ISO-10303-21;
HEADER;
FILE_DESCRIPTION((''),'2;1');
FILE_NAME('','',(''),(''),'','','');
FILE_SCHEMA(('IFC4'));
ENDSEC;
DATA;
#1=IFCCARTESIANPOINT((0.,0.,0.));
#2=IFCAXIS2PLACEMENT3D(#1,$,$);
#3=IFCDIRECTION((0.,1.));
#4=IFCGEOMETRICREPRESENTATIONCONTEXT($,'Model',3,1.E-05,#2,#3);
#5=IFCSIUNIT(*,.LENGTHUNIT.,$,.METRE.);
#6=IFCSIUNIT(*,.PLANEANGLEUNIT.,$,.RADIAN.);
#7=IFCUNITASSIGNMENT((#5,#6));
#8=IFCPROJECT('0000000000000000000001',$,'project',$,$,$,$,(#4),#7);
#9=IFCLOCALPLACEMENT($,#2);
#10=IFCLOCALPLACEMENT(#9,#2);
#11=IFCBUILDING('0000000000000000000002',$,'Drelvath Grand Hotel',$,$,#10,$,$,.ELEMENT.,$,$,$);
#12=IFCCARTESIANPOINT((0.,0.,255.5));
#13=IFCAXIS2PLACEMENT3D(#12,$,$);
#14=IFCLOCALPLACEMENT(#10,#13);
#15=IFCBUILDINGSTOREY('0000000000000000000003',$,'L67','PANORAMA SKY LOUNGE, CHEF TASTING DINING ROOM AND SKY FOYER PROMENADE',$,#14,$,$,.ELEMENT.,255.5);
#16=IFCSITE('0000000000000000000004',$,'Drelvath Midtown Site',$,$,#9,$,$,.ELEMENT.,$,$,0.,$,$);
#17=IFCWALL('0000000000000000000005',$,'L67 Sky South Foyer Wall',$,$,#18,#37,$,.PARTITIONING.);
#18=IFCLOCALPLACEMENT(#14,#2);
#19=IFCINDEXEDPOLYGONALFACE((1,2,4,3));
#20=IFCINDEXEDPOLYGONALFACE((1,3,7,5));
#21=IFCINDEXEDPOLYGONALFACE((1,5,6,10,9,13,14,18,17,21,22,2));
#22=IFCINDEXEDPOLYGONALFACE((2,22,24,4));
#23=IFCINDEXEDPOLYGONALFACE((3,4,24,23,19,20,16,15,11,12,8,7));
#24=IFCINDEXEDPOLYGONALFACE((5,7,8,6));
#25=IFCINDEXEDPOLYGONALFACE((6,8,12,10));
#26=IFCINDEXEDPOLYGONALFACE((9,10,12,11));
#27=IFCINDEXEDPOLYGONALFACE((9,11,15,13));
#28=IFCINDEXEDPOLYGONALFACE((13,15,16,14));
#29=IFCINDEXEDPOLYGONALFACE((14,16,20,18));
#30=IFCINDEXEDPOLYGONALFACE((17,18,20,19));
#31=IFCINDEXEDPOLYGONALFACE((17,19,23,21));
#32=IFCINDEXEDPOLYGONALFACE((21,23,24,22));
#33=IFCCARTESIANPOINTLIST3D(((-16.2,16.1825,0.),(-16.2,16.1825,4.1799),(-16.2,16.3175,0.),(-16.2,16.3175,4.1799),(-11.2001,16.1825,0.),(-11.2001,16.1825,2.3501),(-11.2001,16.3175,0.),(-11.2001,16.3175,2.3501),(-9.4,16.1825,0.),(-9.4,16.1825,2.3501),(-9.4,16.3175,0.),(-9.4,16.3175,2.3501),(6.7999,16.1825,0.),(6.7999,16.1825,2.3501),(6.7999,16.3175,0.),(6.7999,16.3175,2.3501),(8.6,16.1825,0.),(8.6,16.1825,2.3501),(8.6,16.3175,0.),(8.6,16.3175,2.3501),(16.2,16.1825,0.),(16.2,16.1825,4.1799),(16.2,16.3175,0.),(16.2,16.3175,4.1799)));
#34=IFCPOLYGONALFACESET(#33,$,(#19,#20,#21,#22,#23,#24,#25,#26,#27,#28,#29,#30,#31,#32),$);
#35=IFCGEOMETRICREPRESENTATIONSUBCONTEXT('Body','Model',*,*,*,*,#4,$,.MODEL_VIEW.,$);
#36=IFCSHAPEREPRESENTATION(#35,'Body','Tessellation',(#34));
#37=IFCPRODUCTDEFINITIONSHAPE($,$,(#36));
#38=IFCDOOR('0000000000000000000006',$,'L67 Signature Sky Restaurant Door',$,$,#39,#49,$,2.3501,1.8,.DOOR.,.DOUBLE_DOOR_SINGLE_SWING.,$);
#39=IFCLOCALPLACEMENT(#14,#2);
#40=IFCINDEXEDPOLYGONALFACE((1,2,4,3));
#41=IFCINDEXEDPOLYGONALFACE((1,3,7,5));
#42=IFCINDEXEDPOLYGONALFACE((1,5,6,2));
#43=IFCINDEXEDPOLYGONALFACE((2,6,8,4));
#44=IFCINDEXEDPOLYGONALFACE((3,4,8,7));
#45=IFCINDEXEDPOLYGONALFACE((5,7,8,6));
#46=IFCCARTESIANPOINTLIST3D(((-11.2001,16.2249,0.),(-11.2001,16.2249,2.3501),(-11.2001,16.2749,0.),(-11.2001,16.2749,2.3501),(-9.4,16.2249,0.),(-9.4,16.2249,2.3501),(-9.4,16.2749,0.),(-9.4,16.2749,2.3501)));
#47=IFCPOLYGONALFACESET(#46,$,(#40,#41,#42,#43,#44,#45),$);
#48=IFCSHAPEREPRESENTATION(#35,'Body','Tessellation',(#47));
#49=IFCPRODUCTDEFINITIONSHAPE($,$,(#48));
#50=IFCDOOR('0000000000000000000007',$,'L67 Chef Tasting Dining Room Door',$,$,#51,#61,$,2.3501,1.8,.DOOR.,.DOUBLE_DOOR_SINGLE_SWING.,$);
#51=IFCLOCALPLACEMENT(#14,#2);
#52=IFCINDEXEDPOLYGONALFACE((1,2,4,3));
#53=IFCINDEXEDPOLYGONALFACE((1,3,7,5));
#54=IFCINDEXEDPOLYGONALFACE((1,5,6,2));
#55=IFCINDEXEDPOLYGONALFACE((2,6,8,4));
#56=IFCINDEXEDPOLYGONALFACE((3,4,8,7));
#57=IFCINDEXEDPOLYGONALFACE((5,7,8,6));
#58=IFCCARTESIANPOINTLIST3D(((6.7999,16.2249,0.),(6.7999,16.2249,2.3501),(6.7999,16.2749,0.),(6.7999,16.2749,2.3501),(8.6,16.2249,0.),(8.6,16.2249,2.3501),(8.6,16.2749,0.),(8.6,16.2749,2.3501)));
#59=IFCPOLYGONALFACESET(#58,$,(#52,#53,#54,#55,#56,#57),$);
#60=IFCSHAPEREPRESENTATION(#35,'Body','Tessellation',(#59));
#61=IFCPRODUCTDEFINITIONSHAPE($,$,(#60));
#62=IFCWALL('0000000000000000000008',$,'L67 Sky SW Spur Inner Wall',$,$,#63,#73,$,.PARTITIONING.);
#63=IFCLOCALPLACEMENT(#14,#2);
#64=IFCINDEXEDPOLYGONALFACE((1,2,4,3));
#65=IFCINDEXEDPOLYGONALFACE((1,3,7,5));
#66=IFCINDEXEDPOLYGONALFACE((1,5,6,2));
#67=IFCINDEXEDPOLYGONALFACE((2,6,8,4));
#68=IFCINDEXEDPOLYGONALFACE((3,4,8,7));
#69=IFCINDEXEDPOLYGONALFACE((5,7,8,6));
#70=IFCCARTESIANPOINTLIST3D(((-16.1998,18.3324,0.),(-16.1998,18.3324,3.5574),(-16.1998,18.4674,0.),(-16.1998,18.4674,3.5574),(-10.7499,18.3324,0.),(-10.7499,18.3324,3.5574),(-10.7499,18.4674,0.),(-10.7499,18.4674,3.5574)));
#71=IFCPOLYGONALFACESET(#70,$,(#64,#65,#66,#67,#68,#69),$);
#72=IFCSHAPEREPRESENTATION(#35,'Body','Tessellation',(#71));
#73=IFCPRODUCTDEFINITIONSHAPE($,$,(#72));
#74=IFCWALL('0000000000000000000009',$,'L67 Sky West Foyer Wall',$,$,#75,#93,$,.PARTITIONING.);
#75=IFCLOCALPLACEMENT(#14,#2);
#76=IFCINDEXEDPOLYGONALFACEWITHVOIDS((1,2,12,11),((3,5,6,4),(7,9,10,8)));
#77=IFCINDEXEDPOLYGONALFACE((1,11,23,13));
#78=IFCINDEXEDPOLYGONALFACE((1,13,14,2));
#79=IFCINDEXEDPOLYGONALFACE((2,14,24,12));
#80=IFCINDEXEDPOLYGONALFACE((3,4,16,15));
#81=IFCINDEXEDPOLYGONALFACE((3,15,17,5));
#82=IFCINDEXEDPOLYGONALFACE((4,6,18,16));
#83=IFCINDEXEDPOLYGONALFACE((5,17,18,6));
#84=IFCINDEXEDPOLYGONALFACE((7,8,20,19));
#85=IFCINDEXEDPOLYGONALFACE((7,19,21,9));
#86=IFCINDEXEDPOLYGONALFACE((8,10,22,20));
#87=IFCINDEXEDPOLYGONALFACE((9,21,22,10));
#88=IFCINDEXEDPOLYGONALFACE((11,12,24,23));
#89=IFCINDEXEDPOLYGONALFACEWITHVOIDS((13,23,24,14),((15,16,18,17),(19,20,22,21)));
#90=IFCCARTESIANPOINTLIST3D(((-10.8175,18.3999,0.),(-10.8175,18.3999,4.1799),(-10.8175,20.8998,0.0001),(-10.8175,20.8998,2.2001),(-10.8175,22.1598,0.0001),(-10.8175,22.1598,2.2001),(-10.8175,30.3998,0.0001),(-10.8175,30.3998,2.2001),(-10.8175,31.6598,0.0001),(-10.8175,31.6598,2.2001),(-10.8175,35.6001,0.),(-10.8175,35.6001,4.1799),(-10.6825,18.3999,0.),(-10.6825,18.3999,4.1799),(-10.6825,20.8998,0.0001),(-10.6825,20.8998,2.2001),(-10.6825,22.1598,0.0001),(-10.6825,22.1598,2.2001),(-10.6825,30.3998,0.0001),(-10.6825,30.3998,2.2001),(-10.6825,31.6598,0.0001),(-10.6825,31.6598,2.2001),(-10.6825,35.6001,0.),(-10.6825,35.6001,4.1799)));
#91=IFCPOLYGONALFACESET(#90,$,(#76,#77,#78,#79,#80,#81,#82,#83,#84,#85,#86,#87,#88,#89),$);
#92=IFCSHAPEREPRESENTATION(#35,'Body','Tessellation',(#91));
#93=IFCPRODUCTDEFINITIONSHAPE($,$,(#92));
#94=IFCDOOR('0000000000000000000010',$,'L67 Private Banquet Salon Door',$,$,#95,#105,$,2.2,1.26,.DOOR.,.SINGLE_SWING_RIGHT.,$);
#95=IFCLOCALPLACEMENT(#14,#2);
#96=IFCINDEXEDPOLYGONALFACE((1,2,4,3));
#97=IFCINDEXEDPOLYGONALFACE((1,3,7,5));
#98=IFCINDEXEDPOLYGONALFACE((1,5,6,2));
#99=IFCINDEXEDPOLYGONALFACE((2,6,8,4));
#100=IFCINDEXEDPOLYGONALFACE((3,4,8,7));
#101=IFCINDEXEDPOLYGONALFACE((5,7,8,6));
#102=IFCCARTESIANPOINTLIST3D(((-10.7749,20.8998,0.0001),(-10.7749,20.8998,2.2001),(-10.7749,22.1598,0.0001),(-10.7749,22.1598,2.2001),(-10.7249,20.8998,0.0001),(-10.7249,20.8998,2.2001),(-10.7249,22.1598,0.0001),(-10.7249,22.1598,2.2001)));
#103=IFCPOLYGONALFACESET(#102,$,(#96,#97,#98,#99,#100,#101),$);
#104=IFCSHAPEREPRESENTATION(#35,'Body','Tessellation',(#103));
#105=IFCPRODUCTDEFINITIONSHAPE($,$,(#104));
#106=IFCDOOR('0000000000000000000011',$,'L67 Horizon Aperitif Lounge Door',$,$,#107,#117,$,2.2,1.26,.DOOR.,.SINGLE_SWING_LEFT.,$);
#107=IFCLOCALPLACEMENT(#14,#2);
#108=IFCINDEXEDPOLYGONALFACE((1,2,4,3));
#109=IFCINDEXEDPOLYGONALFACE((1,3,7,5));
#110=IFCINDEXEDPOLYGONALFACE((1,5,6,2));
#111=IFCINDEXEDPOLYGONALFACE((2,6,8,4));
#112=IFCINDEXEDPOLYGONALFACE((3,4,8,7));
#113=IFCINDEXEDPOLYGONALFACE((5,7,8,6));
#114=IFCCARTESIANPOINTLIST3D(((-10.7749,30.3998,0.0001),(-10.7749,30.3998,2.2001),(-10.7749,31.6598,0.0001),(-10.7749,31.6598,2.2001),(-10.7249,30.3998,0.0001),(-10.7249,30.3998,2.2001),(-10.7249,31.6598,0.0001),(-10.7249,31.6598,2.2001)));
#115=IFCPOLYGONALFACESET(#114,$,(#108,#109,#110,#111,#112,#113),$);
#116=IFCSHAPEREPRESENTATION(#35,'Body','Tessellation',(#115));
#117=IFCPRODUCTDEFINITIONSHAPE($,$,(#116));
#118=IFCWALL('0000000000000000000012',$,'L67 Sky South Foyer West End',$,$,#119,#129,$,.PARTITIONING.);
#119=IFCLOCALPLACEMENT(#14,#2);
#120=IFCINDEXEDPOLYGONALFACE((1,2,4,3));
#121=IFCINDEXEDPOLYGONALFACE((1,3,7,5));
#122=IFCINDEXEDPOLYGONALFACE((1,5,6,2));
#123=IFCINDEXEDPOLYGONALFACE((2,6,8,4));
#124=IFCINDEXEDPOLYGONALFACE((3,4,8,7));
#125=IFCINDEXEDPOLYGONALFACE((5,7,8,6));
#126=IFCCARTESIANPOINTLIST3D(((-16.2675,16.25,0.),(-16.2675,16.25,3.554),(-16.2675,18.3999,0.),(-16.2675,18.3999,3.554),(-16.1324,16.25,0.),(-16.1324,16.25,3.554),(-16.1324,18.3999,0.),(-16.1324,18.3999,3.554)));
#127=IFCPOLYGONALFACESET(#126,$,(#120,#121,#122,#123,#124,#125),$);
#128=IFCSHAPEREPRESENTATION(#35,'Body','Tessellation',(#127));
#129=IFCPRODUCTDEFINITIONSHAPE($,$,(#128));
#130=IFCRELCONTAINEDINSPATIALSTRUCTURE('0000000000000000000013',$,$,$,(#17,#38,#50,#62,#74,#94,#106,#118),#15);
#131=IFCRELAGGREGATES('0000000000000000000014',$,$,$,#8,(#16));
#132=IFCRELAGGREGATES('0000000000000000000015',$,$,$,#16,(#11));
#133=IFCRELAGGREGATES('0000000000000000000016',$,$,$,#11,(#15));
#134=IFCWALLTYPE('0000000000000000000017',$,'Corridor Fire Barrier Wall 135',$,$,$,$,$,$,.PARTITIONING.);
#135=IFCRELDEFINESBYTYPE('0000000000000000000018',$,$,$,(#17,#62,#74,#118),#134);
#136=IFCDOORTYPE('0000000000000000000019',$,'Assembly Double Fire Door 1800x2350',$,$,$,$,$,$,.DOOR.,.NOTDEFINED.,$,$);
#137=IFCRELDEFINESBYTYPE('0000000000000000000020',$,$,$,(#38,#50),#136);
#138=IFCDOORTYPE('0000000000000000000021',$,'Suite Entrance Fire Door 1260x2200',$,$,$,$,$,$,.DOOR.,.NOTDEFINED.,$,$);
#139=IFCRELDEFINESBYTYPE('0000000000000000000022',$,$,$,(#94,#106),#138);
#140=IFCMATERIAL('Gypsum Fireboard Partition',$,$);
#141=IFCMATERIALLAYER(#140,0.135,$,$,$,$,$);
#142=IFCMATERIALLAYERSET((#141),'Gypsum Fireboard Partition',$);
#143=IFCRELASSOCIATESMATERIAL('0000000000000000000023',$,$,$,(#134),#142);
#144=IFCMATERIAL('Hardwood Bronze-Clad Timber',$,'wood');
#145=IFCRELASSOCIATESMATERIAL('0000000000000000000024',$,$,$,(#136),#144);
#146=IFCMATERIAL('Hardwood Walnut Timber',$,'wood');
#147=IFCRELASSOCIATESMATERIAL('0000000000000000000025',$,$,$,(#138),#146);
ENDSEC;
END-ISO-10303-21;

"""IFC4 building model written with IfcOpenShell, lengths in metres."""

from ifc_helpers import new_model, si_unit, direction, frame, frame_2d, origin, place, context, subcontext, project, spatial, rectangle, extrude, material, layer, layer_set, type_object, element, fill, save


model = new_model("IFC4")

# Units and contexts
model_context = context("Model", 3, precision=1e-05, world=origin(), true_north=direction((0.0, 1.0)))
body_context = subcontext(model_context, "Body", "Model", "MODEL_VIEW")
ifc_project = project(units=[si_unit("LENGTHUNIT", "METRE"), si_unit("PLANEANGLEUNIT", "RADIAN")], contexts=[model_context])

# Site, building, storey
site_placement = place(None, origin())
site = spatial("IfcSite", under=ifc_project, at=site_placement, Name="Drelvath Midtown Site", CompositionType="ELEMENT", RefElevation=0.0)
building_placement = place(site_placement, origin())
building = spatial("IfcBuilding", under=site, at=building_placement, Name="Drelvath Grand Hotel", CompositionType="ELEMENT")
storey_placement = place(building_placement, frame((0.0, 0.0, 255.5)))
storey = spatial("IfcBuildingStorey", under=building, at=storey_placement, Name="L67", Description="PANORAMA SKY LOUNGE, CHEF TASTING DINING ROOM AND SKY FOYER PROMENADE", CompositionType="ELEMENT", Elevation=255.5)

# Wall, openings, doors
ifc_material_1 = material(Name="Gypsum Fireboard Partition")
ifc_layer_1 = layer(ifc_material_1, 0.135)
ifc_layer_set_1 = layer_set([ifc_layer_1], Name="Gypsum Fireboard Partition")
wall_type_1 = type_object("IfcWallType", Name="Corridor Fire Barrier Wall 135", PredefinedType="PARTITIONING", material=ifc_layer_set_1)
wall_1_placement = place(storey_placement, frame((-16.2, 16.25, 0.0), z_axis=(0.0, 0.0, 1.0), x_axis=(1.0, 0.0, 0.0)))
wall_1 = element("IfcWall", 1, at=wall_1_placement, inside=storey, type_object=wall_type_1, Name="L67 Sky South Foyer Wall", PredefinedType="PARTITIONING", context=body_context, shape_type="SweptSolid", body=[
    extrude(rectangle(XDim=32.3999, YDim=0.135, at=frame_2d((16.2, 0.0))), origin(), (0.0, 0.0, 1.0), 4.1799),
])
opening_1_placement = place(wall_1_placement, frame((5.0, 0.0, 0.0)))
opening_1 = element("IfcOpeningElement", 2, at=opening_1_placement, cuts=wall_1, PredefinedType="OPENING", context=body_context, shape_type="SweptSolid", body=[
    extrude(rectangle(XDim=1.8, YDim=2.3501, at=frame_2d((0.8999, 1.175))), frame((0.0, 0.0774, 0.0), z_axis=(0.0, -1.0, 0.0), x_axis=(1.0, 0.0, 0.0)), (0.0, 0.0, 1.0), 0.155),
])
opening_2_placement = place(wall_1_placement, frame((23.0, 0.0, 0.0)))
opening_2 = element("IfcOpeningElement", 3, at=opening_2_placement, cuts=wall_1, PredefinedType="OPENING", context=body_context, shape_type="SweptSolid", body=[
    extrude(rectangle(XDim=1.8, YDim=2.3501, at=frame_2d((0.8999, 1.175))), frame((0.0, 0.0774, 0.0), z_axis=(0.0, -1.0, 0.0), x_axis=(1.0, 0.0, 0.0)), (0.0, 0.0, 1.0), 0.155),
])
ifc_material_2 = material(Name="Hardwood Bronze-Clad Timber", Category="wood")
door_type_1 = type_object("IfcDoorType", Name="Assembly Double Fire Door 1800x2350", OperationType="NOTDEFINED", PredefinedType="DOOR", material=ifc_material_2)
door_1_placement = place(opening_1_placement, origin())
door_1 = element("IfcDoor", 4, at=door_1_placement, inside=storey, type_object=door_type_1, Name="L67 Signature Sky Restaurant Door", OperationType="DOUBLE_DOOR_SINGLE_SWING", OverallHeight=2.3501, OverallWidth=1.8, PredefinedType="DOOR", context=body_context, shape_type="SweptSolid", body=[
    extrude(rectangle(XDim=1.8, YDim=2.3501, at=frame_2d((0.8999, 1.175))), frame((0.0, 0.0249, 0.0), z_axis=(0.0, -1.0, 0.0), x_axis=(1.0, 0.0, 0.0)), (0.0, 0.0, 1.0), 0.05),
])
fill(opening_1, door_1)
door_2_placement = place(opening_2_placement, origin())
door_2 = element("IfcDoor", 5, at=door_2_placement, inside=storey, type_object=door_type_1, Name="L67 Chef Tasting Dining Room Door", OperationType="DOUBLE_DOOR_SINGLE_SWING", OverallHeight=2.3501, OverallWidth=1.8, PredefinedType="DOOR", context=body_context, shape_type="SweptSolid", body=[
    extrude(rectangle(XDim=1.8, YDim=2.3501, at=frame_2d((0.8999, 1.175))), frame((0.0, 0.0249, 0.0), z_axis=(0.0, -1.0, 0.0), x_axis=(1.0, 0.0, 0.0)), (0.0, 0.0, 1.0), 0.05),
])
fill(opening_2, door_2)

# Wall
wall_2_placement = place(storey_placement, frame((-16.2, 18.3999, 0.0), z_axis=(0.0, 0.0, 1.0), x_axis=(1.0, 0.0, 0.0)))
element("IfcWall", 6, at=wall_2_placement, inside=storey, type_object=wall_type_1, Name="L67 Sky SW Spur Inner Wall", PredefinedType="PARTITIONING", context=body_context, shape_type="SweptSolid", body=[
    extrude(rectangle(XDim=5.45, YDim=0.135, at=frame_2d((2.7251, 0.0))), origin(), (0.0, 0.0, 1.0), 3.5574),
])

# Wall, openings, doors
wall_3_placement = place(storey_placement, frame((-10.75, 18.3999, 0.0), z_axis=(0.0, 0.0, 1.0), x_axis=(0.0, 1.0, 0.0)))
wall_3 = element("IfcWall", 7, at=wall_3_placement, inside=storey, type_object=wall_type_1, Name="L67 Sky West Foyer Wall", PredefinedType="PARTITIONING", context=body_context, shape_type="SweptSolid", body=[
    extrude(rectangle(XDim=17.2002, YDim=0.135, at=frame_2d((8.6001, 0.0))), origin(), (0.0, 0.0, 1.0), 4.1799),
])
opening_3_placement = place(wall_3_placement, frame((2.5, 0.0, 0.0)))
opening_3 = element("IfcOpeningElement", 8, at=opening_3_placement, cuts=wall_3, PredefinedType="OPENING", context=body_context, shape_type="SweptSolid", body=[
    extrude(rectangle(XDim=1.26, YDim=2.2, at=frame_2d((0.6299, 1.1001))), frame((0.0, 0.0774, 0.0), z_axis=(0.0, -1.0, 0.0), x_axis=(1.0, 0.0, 0.0)), (0.0, 0.0, 1.0), 0.155),
])
opening_4_placement = place(wall_3_placement, frame((12.0, 0.0, 0.0)))
opening_4 = element("IfcOpeningElement", 9, at=opening_4_placement, cuts=wall_3, PredefinedType="OPENING", context=body_context, shape_type="SweptSolid", body=[
    extrude(rectangle(XDim=1.26, YDim=2.2, at=frame_2d((0.6299, 1.1001))), frame((0.0, 0.0774, 0.0), z_axis=(0.0, -1.0, 0.0), x_axis=(1.0, 0.0, 0.0)), (0.0, 0.0, 1.0), 0.155),
])
ifc_material_3 = material(Name="Hardwood Walnut Timber", Category="wood")
door_type_2 = type_object("IfcDoorType", Name="Suite Entrance Fire Door 1260x2200", OperationType="NOTDEFINED", PredefinedType="DOOR", material=ifc_material_3)
door_3_placement = place(opening_3_placement, origin())
door_3 = element("IfcDoor", 10, at=door_3_placement, inside=storey, type_object=door_type_2, Name="L67 Private Banquet Salon Door", OperationType="SINGLE_SWING_RIGHT", OverallHeight=2.2, OverallWidth=1.26, PredefinedType="DOOR", context=body_context, shape_type="SweptSolid", body=[
    extrude(rectangle(XDim=1.26, YDim=2.2, at=frame_2d((0.6299, 1.1001))), frame((0.0, 0.0249, 0.0), z_axis=(0.0, -1.0, 0.0), x_axis=(1.0, 0.0, 0.0)), (0.0, 0.0, 1.0), 0.05),
])
fill(opening_3, door_3)
door_4_placement = place(opening_4_placement, origin())
door_4 = element("IfcDoor", 11, at=door_4_placement, inside=storey, type_object=door_type_2, Name="L67 Horizon Aperitif Lounge Door", OperationType="SINGLE_SWING_LEFT", OverallHeight=2.2, OverallWidth=1.26, PredefinedType="DOOR", context=body_context, shape_type="SweptSolid", body=[
    extrude(rectangle(XDim=1.26, YDim=2.2, at=frame_2d((0.6299, 1.1001))), frame((0.0, 0.0249, 0.0), z_axis=(0.0, -1.0, 0.0), x_axis=(1.0, 0.0, 0.0)), (0.0, 0.0, 1.0), 0.05),
])
fill(opening_4, door_4)

# Wall
wall_4_placement = place(storey_placement, frame((-16.2, 16.25, 0.0), z_axis=(0.0, 0.0, 1.0), x_axis=(0.0, 1.0, 0.0)))
element("IfcWall", 12, at=wall_4_placement, inside=storey, type_object=wall_type_1, Name="L67 Sky South Foyer West End", PredefinedType="PARTITIONING", context=body_context, shape_type="SweptSolid", body=[
    extrude(rectangle(XDim=2.1499, YDim=0.135, at=frame_2d((1.075, 0.0))), origin(), (0.0, 0.0, 1.0), 3.554),
])

save(model, "model.ifc")
